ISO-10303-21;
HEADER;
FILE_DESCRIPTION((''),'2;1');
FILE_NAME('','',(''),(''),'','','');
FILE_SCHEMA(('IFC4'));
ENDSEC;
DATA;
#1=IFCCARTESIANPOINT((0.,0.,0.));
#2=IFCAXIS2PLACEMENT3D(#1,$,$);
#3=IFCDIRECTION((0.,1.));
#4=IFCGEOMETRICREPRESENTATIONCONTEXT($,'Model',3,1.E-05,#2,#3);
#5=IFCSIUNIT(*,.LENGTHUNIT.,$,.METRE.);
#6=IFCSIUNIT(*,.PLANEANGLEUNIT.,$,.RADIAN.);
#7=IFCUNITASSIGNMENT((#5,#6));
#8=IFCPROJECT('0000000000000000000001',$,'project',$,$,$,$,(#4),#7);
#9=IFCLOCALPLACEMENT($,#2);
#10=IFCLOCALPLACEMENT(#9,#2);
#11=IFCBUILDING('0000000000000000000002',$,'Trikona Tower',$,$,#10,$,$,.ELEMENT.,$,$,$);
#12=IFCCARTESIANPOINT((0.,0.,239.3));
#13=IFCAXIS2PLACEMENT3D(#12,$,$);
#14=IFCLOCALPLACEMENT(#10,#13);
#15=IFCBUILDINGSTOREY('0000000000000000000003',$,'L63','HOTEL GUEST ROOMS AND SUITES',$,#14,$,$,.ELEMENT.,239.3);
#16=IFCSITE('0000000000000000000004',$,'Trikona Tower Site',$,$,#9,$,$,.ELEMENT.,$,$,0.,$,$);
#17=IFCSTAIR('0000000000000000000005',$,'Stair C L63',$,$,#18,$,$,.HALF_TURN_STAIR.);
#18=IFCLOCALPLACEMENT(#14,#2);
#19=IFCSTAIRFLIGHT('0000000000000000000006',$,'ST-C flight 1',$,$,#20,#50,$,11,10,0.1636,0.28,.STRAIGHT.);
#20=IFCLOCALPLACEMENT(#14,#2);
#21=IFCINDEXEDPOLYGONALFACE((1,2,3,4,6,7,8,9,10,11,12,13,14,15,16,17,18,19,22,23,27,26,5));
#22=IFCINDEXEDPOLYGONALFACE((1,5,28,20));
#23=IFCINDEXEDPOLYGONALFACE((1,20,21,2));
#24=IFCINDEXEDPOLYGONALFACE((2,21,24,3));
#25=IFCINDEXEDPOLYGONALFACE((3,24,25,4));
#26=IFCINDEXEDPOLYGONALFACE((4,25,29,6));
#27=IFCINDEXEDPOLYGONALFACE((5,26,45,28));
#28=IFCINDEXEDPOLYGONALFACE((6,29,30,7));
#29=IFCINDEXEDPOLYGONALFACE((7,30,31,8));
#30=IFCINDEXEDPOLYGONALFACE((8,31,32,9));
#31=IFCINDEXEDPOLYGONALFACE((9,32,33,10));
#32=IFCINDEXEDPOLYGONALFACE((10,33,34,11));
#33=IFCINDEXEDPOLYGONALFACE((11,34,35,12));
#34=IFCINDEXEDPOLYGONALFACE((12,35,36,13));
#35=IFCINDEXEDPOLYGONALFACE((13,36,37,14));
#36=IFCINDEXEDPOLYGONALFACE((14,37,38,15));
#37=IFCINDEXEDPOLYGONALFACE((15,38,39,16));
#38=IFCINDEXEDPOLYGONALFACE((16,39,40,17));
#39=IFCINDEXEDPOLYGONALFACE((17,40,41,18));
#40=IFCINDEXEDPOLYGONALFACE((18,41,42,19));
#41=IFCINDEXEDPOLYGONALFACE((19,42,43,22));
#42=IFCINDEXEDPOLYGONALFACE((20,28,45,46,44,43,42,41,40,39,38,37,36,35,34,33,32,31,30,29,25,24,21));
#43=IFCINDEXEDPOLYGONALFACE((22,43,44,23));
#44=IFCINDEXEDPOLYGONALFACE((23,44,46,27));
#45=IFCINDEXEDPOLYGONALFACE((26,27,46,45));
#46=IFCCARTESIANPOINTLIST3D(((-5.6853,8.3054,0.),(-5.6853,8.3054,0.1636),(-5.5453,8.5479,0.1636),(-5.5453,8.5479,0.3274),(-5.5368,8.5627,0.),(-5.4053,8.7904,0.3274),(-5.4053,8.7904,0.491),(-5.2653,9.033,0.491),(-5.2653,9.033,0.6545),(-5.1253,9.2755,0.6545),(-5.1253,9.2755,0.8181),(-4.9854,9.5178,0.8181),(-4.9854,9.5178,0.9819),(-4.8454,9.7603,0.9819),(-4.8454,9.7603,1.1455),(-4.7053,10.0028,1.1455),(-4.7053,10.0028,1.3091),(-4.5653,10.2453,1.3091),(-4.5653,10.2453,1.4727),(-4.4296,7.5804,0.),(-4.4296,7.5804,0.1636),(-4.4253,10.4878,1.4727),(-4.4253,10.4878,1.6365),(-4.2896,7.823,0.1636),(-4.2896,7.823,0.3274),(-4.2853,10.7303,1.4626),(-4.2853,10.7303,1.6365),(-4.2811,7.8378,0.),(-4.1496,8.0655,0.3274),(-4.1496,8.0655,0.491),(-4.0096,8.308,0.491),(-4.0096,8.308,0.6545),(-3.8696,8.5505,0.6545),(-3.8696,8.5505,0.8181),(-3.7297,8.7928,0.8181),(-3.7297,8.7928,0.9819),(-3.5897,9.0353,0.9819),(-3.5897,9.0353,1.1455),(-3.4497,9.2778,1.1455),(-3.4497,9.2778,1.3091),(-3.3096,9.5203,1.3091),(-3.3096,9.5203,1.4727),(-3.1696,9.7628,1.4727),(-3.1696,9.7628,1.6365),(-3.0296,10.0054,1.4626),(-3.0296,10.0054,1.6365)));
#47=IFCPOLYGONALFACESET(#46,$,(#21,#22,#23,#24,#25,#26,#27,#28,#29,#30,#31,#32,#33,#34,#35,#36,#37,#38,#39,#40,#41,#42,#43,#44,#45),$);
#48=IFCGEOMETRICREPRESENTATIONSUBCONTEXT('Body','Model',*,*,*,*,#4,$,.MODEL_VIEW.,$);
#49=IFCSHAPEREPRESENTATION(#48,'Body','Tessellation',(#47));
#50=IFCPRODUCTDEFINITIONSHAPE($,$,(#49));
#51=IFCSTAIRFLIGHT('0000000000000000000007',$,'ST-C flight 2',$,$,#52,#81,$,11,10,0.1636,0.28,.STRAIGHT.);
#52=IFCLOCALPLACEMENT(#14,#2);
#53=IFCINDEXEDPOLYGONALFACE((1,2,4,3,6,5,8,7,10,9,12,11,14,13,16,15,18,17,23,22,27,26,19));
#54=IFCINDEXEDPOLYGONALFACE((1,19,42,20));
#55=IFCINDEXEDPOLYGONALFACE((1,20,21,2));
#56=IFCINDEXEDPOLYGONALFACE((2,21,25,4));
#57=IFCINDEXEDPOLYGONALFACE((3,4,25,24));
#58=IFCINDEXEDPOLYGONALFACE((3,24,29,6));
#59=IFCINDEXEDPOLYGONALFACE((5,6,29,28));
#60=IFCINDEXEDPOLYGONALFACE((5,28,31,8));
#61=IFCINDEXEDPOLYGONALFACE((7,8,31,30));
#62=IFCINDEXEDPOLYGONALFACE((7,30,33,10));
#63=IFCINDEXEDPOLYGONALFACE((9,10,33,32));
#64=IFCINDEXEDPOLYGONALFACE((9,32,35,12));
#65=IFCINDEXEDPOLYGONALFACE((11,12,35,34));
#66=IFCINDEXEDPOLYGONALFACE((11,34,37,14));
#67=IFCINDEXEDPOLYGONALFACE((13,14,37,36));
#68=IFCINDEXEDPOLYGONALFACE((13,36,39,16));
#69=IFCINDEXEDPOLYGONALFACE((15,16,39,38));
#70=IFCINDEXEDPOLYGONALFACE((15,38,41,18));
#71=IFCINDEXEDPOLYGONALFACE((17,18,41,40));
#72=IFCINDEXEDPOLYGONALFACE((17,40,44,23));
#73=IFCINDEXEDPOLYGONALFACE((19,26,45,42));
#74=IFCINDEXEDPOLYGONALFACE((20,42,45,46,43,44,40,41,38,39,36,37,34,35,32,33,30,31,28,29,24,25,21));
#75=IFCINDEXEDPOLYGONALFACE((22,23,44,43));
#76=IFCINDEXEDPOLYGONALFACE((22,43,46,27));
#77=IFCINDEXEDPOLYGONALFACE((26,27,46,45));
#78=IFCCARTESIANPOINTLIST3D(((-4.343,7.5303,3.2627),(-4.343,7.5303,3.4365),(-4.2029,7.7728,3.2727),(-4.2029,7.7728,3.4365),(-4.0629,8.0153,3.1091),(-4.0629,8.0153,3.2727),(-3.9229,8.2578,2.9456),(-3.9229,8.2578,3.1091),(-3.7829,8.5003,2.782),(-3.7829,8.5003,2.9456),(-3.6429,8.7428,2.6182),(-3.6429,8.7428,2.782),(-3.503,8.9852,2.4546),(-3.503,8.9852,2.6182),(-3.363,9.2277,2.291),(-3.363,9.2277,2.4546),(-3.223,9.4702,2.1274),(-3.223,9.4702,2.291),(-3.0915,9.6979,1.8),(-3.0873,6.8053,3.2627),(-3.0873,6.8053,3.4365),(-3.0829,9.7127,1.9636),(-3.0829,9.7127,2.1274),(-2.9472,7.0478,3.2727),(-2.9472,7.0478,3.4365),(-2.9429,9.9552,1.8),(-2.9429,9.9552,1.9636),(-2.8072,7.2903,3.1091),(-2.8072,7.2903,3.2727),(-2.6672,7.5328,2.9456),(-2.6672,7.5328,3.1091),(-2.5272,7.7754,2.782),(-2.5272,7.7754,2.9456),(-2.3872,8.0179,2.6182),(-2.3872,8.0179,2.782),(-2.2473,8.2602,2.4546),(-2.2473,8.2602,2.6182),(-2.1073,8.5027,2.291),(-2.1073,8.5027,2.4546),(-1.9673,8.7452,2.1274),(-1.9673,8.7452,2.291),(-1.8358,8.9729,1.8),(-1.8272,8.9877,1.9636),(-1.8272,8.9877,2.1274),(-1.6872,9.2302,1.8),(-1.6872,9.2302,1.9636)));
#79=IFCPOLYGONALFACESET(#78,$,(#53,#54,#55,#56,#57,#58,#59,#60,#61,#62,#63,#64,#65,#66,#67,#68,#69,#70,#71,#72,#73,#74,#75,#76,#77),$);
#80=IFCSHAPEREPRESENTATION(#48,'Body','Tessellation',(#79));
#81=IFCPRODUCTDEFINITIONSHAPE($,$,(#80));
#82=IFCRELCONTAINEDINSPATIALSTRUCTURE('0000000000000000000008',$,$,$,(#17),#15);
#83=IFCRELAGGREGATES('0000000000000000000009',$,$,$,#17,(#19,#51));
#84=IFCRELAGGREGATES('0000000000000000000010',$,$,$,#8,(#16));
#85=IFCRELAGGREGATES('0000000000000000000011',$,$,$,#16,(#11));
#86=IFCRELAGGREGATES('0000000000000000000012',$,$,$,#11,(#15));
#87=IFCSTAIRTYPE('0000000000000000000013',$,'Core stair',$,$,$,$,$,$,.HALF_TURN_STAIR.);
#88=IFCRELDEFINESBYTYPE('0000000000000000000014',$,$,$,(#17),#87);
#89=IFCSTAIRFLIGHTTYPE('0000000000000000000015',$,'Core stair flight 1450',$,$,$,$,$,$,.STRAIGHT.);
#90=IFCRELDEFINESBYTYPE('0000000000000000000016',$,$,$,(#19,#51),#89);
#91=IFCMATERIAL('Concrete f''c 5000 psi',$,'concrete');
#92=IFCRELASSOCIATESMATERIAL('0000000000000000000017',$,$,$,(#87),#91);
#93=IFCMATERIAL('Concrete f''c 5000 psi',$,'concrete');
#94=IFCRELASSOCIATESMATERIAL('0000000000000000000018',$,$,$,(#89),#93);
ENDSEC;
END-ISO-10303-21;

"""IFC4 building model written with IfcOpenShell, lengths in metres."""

from ifc_helpers import new_model, si_unit, direction, frame, origin, place, context, subcontext, project, spatial, polyline, outline, extrude, material, type_object, element, aggregate, save


model = new_model("IFC4")

# Units and contexts
model_context = context("Model", 3, precision=1e-05, world=origin(), true_north=direction((0.0, 1.0)))
body_context = subcontext(model_context, "Body", "Model", "MODEL_VIEW")
ifc_project = project(units=[si_unit("LENGTHUNIT", "METRE"), si_unit("PLANEANGLEUNIT", "RADIAN")], contexts=[model_context])

# Site, building, storey
site_placement = place(None, origin())
site = spatial("IfcSite", under=ifc_project, at=site_placement, Name="Trikona Tower Site", CompositionType="ELEMENT", RefElevation=0.0)
building_placement = place(site_placement, origin())
building = spatial("IfcBuilding", under=site, at=building_placement, Name="Trikona Tower", CompositionType="ELEMENT")
storey_placement = place(building_placement, frame((0.0, 0.0, 239.3)))
storey = spatial("IfcBuildingStorey", under=building, at=storey_placement, Name="L63", Description="HOTEL GUEST ROOMS AND SUITES", CompositionType="ELEMENT", Elevation=239.3)

# Stair, stair flights
ifc_material_1 = material(Name="Concrete f'c 5000 psi", Category="concrete")
stair_type = type_object("IfcStairType", Name="Core stair", PredefinedType="HALF_TURN_STAIR", material=ifc_material_1)
stair_placement = place(storey_placement, origin())
stair = element("IfcStair", 1, at=stair_placement, inside=storey, type_object=stair_type, Name="Stair C L63", PredefinedType="HALF_TURN_STAIR")
ifc_material_2 = material(Name="Concrete f'c 5000 psi", Category="concrete")
stair_flight_type = type_object("IfcStairFlightType", Name="Core stair flight 1450", PredefinedType="STRAIGHT", material=ifc_material_2)
stair_flight_1_placement = place(storey_placement, frame((-5.0574, 7.9429, 0.0), z_axis=(0.0, 0.0, 1.0), x_axis=(0.5, 0.866025, 0.0)))
stair_flight_1 = element("IfcStairFlight", 2, at=stair_flight_1_placement, type_object=stair_flight_type, Name="ST-C flight 1", NumberOfRisers=11, NumberOfTreads=10, PredefinedType="STRAIGHT", RiserHeight=0.1636, TreadLength=0.28, context=body_context, shape_type="SweptSolid", body=[
    extrude(outline(polyline([(0.0, 0.0), (0.0, 0.1636), (0.28, 0.1636), (0.28, 0.3274), (0.5601, 0.3274), (0.5601, 0.491), (0.8401, 0.491), (0.8401, 0.6545), (1.1201, 0.6545), (1.1201, 0.8181), (1.3999, 0.8181), (1.3999, 0.9819), (1.6799, 0.9819), (1.6799, 1.1455), (1.96, 1.1455), (1.96, 1.3091), (2.24, 1.3091), (2.24, 1.4727), (2.52, 1.4727), (2.52, 1.6365), (2.8, 1.6365), (2.8, 1.8), (2.8, 1.4626), (0.2971, 0.0), (0.0, 0.0)])), frame((0.0, 0.7251, 0.0), z_axis=(0.0, -1.0, 0.0), x_axis=(1.0, 0.0, 0.0)), (0.0, 0.0, 1.0), 1.45),
])
stair_flight_2_placement = place(storey_placement, frame((-2.3152, 9.5928, 1.8), z_axis=(0.0, 0.0, 1.0), x_axis=(-0.5, -0.866025, 0.0)))
stair_flight_2 = element("IfcStairFlight", 3, at=stair_flight_2_placement, type_object=stair_flight_type, Name="ST-C flight 2", NumberOfRisers=11, NumberOfTreads=10, PredefinedType="STRAIGHT", RiserHeight=0.1636, TreadLength=0.28, context=body_context, shape_type="SweptSolid", body=[
    extrude(outline(polyline([(0.0, 0.0), (0.0, 0.1636), (0.28, 0.1636), (0.28, 0.3274), (0.5601, 0.3274), (0.5601, 0.491), (0.8401, 0.491), (0.8401, 0.6545), (1.1201, 0.6545), (1.1201, 0.8181), (1.3999, 0.8181), (1.3999, 0.9819), (1.6799, 0.9819), (1.6799, 1.1455), (1.96, 1.1455), (1.96, 1.3091), (2.24, 1.3091), (2.24, 1.4727), (2.52, 1.4727), (2.52, 1.6365), (2.8, 1.6365), (2.8, 1.8), (2.8, 1.4626), (0.2971, 0.0), (0.0, 0.0)])), frame((0.0, 0.7251, 0.0), z_axis=(0.0, -1.0, 0.0), x_axis=(1.0, 0.0, 0.0)), (0.0, 0.0, 1.0), 1.45),
])
aggregate(stair, [stair_flight_1, stair_flight_2])

save(model, "model.ifc")
